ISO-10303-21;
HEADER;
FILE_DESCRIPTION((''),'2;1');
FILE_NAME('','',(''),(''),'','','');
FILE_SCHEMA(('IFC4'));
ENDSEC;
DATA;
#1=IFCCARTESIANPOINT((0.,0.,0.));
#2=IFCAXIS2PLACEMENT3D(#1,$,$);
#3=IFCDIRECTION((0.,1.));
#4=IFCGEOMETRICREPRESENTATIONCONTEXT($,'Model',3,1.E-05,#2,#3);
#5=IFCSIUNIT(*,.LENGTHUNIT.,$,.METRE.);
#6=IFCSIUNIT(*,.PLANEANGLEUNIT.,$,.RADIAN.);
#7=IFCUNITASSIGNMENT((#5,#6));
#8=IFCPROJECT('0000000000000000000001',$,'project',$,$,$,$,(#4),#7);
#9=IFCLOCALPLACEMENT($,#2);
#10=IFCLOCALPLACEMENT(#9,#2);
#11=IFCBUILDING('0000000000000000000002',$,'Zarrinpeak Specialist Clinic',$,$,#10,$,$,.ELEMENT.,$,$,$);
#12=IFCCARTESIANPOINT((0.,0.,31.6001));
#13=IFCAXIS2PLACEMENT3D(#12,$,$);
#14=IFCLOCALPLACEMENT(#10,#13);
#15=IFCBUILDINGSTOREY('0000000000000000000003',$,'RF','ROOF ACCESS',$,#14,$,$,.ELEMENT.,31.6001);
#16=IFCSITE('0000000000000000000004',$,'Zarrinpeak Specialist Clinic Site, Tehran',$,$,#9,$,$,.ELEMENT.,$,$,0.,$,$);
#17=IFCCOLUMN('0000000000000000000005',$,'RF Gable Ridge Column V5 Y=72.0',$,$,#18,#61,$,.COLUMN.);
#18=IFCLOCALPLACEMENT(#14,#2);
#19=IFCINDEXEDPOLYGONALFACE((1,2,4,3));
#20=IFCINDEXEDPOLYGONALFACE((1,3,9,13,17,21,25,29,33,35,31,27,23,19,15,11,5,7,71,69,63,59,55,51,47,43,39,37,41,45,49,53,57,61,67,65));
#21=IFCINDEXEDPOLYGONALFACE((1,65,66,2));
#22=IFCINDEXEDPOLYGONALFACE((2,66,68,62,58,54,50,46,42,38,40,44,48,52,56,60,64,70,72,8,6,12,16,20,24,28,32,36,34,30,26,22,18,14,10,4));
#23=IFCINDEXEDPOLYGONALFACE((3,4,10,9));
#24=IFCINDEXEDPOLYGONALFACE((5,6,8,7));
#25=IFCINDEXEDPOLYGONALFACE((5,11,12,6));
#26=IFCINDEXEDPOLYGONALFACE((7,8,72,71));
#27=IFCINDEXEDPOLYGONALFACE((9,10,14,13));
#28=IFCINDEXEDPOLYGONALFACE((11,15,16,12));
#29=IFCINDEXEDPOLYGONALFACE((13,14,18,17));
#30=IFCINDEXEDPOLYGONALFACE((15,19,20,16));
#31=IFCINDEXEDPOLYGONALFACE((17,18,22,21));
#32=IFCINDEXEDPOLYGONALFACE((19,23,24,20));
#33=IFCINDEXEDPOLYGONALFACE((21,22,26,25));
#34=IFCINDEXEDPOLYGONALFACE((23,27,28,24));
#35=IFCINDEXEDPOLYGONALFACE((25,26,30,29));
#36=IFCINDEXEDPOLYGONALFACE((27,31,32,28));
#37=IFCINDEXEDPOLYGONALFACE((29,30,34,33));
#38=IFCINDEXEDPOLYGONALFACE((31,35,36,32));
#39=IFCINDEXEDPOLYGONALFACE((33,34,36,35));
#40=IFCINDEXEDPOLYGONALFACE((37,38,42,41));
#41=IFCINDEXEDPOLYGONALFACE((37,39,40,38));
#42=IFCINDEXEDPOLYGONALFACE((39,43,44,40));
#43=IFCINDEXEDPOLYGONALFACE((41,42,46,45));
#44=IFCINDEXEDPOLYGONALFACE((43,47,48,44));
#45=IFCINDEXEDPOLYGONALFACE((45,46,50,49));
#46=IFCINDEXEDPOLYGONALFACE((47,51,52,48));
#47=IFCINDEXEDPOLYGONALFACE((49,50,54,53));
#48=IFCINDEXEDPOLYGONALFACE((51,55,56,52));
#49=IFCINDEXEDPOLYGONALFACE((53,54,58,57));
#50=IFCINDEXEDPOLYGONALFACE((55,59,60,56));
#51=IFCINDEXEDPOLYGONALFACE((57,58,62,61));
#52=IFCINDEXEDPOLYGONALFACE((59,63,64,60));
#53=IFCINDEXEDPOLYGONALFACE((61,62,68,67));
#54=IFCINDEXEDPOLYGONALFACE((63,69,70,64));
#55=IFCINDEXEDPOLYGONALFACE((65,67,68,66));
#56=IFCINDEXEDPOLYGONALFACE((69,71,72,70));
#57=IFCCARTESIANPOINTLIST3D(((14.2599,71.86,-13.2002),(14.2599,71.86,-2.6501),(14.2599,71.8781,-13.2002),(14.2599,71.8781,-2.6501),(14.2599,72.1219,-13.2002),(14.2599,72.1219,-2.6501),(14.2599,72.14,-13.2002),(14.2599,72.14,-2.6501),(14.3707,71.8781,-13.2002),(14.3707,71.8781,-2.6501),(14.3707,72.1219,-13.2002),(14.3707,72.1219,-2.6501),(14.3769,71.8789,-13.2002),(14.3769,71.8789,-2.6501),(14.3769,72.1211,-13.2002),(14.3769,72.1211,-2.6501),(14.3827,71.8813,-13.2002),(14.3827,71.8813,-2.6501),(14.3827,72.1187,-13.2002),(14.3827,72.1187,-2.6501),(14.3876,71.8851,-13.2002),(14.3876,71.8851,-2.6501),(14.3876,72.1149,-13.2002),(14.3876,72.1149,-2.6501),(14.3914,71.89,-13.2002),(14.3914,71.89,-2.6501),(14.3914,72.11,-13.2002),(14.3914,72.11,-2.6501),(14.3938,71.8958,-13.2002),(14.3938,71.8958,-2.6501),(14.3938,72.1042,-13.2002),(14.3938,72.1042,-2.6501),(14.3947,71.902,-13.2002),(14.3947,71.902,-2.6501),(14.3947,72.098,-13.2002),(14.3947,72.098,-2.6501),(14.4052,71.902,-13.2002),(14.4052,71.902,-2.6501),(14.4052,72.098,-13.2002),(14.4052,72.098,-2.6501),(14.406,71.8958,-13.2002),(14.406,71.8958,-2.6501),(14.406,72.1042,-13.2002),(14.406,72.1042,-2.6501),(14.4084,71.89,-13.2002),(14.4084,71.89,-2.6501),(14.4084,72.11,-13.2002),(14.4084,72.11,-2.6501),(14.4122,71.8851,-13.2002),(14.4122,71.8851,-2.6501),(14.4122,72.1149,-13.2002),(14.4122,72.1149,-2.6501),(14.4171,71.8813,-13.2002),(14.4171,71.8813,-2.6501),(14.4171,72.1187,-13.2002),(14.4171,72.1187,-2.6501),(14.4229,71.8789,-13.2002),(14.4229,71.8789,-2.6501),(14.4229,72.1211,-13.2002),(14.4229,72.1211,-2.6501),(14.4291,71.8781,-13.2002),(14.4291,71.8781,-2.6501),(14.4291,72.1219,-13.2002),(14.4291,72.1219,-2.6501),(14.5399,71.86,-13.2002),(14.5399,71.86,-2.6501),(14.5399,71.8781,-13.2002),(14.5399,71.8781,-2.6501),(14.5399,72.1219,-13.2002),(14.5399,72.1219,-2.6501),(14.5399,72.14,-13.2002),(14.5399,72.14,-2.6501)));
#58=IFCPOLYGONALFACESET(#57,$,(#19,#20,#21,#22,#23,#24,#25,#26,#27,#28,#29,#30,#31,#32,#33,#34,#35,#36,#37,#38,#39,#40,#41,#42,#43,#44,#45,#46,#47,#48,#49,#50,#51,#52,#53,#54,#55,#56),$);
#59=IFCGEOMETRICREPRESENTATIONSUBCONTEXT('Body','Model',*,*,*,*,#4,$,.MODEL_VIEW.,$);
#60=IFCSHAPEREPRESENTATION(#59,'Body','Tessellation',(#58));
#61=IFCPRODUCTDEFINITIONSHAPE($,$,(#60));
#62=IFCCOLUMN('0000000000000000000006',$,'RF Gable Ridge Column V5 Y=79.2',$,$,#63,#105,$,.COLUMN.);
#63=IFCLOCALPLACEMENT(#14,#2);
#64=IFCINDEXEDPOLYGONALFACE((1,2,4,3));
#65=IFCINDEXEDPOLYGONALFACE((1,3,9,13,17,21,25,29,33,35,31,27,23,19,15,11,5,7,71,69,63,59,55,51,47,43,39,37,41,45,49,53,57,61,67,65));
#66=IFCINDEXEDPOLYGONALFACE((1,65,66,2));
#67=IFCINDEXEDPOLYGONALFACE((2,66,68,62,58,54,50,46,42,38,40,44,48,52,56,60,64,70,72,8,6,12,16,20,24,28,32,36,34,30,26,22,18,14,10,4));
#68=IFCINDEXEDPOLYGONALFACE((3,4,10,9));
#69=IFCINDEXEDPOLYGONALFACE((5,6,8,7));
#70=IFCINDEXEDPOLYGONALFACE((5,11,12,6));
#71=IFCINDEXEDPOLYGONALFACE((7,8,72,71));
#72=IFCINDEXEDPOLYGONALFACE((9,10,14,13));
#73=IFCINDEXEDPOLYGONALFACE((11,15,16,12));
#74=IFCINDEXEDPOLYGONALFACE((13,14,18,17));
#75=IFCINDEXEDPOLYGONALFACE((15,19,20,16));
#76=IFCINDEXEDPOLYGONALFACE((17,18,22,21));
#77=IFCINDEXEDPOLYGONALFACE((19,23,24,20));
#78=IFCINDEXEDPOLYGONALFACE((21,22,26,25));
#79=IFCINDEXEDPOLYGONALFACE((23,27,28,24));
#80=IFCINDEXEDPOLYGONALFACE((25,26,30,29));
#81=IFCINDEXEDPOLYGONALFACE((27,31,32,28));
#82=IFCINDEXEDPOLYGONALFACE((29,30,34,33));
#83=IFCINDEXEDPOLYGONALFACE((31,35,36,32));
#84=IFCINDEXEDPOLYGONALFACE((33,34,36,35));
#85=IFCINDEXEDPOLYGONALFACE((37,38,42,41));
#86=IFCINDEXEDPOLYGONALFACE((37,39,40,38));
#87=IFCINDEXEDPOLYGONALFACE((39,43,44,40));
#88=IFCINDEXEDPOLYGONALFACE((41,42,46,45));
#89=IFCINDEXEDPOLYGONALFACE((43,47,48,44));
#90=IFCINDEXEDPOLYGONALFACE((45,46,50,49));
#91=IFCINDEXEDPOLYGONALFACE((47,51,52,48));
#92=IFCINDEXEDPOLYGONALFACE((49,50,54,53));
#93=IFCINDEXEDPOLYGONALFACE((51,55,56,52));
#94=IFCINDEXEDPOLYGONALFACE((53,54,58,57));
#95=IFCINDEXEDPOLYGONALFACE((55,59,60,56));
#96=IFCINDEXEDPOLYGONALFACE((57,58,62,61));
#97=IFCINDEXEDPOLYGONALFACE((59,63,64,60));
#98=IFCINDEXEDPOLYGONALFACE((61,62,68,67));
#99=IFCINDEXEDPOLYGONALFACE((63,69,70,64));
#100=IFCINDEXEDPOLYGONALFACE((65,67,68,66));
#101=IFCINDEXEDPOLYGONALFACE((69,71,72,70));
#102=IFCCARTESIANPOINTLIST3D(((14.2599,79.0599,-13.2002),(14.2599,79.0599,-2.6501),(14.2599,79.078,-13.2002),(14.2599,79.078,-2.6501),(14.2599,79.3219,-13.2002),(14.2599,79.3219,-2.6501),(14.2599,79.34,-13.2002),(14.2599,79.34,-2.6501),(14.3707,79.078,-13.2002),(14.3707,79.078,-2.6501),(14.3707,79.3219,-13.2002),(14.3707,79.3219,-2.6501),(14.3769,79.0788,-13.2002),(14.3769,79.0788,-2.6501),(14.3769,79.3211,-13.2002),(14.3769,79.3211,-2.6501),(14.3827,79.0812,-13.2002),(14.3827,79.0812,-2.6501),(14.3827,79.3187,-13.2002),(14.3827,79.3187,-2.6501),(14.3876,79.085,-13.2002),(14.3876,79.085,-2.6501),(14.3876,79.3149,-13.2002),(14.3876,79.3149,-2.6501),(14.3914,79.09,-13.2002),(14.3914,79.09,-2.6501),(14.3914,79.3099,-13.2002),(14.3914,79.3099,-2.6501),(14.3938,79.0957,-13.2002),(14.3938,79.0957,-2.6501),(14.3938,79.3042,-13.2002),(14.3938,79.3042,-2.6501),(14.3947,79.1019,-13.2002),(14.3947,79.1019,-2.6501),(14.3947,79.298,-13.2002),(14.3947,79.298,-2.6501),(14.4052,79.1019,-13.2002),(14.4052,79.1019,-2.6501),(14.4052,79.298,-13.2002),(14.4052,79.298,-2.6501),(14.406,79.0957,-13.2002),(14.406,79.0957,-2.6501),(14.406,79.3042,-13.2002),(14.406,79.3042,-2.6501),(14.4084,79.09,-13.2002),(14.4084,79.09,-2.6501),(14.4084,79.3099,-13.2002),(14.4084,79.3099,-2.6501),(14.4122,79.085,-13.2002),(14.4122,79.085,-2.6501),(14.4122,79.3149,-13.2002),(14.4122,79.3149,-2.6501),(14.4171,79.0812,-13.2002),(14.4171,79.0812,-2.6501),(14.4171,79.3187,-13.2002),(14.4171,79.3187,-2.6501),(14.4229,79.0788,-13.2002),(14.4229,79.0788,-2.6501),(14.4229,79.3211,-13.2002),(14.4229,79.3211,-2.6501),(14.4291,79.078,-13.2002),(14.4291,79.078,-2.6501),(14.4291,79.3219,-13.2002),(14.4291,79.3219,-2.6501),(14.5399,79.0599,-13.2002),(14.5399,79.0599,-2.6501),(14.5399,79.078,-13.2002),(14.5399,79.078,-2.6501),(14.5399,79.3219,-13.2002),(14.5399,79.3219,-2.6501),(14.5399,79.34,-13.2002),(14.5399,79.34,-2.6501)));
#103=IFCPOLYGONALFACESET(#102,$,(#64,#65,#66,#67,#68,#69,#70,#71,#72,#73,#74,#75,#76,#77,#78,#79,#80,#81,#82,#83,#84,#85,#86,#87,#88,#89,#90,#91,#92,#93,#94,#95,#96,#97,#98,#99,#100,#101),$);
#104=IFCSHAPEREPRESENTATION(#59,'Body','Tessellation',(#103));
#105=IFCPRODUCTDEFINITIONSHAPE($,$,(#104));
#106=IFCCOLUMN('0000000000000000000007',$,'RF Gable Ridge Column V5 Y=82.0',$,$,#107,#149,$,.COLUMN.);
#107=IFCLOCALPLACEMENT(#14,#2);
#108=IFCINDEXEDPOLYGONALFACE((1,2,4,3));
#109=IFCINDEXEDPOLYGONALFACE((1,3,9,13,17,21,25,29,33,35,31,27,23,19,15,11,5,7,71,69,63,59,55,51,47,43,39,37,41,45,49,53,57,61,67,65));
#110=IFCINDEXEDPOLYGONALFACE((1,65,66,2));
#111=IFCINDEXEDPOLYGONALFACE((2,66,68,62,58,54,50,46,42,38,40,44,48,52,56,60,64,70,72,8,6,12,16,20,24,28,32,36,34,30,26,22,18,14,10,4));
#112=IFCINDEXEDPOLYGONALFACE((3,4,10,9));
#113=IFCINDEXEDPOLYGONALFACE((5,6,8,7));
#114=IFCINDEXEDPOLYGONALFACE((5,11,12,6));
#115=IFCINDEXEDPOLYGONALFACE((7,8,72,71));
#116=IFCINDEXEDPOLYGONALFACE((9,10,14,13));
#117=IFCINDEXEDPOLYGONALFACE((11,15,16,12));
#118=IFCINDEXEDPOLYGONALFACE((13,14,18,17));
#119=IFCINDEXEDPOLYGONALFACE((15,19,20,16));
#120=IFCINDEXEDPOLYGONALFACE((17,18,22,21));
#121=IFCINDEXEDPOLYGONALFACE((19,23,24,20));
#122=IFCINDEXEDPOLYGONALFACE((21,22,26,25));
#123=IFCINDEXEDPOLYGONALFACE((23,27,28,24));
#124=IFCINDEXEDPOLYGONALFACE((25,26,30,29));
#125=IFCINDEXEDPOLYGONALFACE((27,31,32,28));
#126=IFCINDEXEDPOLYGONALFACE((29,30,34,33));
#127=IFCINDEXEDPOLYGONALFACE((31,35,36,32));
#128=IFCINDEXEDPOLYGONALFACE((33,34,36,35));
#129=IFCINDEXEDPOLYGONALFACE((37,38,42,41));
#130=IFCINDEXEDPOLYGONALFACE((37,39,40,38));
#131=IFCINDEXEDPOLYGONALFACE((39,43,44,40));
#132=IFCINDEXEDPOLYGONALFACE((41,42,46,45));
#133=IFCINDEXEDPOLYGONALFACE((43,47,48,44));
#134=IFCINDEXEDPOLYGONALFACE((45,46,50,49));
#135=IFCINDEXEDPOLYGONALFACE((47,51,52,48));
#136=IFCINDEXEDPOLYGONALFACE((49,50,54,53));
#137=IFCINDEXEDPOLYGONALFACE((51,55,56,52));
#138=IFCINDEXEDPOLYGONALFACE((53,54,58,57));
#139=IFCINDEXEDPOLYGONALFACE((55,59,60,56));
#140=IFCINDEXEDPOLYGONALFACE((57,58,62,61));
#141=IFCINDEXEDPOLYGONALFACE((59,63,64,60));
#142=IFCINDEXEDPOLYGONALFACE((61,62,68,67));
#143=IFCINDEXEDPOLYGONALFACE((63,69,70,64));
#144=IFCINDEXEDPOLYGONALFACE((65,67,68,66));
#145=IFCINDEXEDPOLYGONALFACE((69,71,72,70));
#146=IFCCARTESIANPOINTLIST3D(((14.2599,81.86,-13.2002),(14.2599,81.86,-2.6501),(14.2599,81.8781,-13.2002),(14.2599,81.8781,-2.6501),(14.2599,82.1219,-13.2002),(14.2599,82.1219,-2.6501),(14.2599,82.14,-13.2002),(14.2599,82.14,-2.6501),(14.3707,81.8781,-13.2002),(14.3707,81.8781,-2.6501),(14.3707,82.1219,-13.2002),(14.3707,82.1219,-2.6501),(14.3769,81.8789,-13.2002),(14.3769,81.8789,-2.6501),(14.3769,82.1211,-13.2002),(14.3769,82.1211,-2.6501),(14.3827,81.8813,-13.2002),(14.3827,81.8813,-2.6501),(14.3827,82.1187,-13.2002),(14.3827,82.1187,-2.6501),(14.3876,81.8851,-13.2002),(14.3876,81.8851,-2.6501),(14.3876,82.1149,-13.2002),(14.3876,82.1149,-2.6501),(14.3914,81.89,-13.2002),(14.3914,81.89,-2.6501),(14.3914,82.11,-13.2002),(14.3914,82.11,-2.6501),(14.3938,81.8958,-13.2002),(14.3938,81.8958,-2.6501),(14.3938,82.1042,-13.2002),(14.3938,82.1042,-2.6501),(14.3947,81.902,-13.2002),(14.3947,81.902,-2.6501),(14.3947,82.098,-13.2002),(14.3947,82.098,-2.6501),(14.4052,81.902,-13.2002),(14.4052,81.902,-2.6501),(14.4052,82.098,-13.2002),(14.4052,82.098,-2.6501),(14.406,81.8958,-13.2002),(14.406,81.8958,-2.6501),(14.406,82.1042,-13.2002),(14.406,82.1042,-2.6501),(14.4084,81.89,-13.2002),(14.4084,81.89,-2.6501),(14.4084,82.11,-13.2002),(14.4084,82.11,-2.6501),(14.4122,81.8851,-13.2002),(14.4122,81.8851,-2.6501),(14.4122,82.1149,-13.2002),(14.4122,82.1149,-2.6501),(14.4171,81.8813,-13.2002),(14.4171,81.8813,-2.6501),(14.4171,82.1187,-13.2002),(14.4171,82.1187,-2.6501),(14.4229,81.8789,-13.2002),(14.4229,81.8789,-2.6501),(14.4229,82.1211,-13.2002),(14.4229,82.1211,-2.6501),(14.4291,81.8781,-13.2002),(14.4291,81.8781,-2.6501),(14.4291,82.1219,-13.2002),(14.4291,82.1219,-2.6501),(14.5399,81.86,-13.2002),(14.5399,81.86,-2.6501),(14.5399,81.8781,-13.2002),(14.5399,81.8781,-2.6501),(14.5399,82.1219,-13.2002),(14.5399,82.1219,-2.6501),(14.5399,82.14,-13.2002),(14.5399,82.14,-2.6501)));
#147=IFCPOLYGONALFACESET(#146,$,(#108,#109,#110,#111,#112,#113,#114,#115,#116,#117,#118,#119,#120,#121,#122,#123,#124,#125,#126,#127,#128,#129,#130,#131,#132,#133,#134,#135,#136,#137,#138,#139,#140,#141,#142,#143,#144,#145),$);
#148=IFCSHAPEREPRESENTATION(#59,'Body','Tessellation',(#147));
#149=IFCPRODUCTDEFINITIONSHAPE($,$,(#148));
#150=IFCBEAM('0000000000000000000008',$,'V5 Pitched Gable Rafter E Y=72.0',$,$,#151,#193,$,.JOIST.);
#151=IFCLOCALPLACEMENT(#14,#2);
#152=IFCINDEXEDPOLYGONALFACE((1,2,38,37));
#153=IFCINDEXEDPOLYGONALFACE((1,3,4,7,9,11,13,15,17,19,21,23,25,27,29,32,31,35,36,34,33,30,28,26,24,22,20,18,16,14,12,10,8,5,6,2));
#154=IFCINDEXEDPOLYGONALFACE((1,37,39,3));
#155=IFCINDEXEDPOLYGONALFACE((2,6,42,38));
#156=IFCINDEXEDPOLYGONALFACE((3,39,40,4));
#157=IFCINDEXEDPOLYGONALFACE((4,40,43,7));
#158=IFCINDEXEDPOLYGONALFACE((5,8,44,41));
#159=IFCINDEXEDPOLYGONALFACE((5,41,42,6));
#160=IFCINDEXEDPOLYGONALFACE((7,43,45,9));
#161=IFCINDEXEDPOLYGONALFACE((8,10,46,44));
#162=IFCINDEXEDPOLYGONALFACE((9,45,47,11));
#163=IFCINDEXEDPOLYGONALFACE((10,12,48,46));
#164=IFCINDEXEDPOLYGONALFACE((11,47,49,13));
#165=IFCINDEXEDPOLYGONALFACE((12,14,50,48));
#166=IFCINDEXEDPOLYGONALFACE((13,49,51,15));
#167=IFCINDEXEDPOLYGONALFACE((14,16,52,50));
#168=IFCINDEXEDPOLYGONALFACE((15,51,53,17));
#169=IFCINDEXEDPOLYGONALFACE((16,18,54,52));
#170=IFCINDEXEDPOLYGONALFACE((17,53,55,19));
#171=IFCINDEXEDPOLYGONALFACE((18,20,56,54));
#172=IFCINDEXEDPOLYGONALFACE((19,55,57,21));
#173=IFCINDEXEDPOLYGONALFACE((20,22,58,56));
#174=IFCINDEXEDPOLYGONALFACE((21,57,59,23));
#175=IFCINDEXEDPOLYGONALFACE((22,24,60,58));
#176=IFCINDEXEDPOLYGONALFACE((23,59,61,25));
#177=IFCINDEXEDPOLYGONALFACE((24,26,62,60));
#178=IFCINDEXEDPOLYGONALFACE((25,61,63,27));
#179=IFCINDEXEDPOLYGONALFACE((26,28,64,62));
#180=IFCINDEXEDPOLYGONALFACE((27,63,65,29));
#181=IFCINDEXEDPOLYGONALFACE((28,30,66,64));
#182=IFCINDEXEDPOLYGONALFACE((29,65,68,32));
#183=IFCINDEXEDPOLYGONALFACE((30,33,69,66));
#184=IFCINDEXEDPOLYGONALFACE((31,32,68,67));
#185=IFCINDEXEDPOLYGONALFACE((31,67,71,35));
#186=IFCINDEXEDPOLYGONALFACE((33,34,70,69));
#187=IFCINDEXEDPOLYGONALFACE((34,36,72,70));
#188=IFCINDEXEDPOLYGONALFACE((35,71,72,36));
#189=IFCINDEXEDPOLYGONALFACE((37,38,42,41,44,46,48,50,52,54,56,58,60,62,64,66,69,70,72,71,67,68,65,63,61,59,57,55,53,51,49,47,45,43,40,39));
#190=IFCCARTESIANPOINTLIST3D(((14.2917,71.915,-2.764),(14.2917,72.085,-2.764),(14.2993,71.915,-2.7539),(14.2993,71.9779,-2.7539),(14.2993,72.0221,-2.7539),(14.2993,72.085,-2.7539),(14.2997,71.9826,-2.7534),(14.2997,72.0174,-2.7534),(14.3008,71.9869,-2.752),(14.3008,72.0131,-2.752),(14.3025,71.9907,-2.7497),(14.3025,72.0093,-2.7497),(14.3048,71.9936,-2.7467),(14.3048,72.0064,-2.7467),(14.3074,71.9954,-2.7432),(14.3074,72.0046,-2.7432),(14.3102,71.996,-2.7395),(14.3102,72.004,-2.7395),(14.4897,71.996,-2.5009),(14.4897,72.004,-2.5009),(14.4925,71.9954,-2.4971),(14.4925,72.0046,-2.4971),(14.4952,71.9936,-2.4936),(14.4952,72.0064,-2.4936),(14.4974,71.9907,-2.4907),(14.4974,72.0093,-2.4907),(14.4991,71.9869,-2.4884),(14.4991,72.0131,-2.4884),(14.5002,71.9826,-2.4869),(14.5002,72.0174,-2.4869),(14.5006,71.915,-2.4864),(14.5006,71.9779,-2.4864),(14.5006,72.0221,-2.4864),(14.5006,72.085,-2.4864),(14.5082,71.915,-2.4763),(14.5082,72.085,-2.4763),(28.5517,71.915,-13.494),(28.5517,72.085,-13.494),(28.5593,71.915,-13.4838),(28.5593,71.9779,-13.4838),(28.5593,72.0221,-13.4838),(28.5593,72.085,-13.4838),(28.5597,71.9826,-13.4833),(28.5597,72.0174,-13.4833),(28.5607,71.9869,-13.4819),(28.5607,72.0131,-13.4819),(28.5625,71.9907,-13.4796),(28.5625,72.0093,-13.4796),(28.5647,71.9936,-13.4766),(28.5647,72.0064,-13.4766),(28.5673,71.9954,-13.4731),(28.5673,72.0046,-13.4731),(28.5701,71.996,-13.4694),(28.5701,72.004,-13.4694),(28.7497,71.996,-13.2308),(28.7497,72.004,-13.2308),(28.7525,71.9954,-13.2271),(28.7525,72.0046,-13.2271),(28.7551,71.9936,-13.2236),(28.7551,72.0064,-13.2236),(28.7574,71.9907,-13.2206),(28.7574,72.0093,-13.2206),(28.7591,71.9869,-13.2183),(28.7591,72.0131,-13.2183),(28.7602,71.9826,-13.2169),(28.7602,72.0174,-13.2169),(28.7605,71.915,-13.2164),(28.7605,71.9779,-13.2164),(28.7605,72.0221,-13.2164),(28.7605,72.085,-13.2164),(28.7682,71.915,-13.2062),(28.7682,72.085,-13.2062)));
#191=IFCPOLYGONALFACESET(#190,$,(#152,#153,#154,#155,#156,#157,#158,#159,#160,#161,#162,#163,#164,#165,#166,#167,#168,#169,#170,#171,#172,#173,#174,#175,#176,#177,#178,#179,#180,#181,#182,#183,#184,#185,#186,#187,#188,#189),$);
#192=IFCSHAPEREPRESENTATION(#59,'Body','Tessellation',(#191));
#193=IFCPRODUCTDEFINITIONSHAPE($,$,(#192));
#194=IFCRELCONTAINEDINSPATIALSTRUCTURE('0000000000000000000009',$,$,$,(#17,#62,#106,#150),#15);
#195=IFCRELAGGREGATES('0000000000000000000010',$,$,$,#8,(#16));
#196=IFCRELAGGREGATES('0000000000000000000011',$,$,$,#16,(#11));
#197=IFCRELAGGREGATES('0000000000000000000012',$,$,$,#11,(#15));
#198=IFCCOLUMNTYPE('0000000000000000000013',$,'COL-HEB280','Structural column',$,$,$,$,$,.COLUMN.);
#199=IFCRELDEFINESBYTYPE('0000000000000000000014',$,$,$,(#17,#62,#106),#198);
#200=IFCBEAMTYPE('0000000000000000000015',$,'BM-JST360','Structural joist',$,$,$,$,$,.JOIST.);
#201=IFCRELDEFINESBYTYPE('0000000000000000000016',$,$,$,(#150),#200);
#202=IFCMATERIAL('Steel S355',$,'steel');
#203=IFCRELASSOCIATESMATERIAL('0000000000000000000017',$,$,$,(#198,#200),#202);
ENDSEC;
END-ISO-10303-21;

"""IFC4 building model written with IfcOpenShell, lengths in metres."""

from ifc_helpers import new_model, si_unit, direction, frame, origin, origin_2d, place, context, subcontext, project, spatial, i_section, extrude, material, material_profile, profile_set, type_object, element, save


model = new_model("IFC4")

# Units and contexts
model_context = context("Model", 3, precision=1e-05, world=origin(), true_north=direction((0.0, 1.0)))
body_context = subcontext(model_context, "Body", "Model", "MODEL_VIEW")
ifc_project = project(units=[si_unit("LENGTHUNIT", "METRE"), si_unit("PLANEANGLEUNIT", "RADIAN")], contexts=[model_context])

# Site, building, storey
site_placement = place(None, origin())
site = spatial("IfcSite", under=ifc_project, at=site_placement, Name="Zarrinpeak Specialist Clinic Site, Tehran", CompositionType="ELEMENT", RefElevation=0.0)
building_placement = place(site_placement, origin())
building = spatial("IfcBuilding", under=site, at=building_placement, Name="Zarrinpeak Specialist Clinic", CompositionType="ELEMENT")
storey_placement = place(building_placement, frame((0.0, 0.0, 31.6001)))
storey = spatial("IfcBuildingStorey", under=building, at=storey_placement, Name="RF", Description="ROOF ACCESS", CompositionType="ELEMENT", Elevation=31.6001)

# Columns
ifc_material_1 = material(Name="Steel S355", Category="steel")
ifc_material_profile_1 = material_profile(ifc_material_1, i_section(OverallWidth=0.28, OverallDepth=0.28, WebThickness=0.0105, FlangeThickness=0.0181, FilletRadius=0.0239, at=origin_2d()), Name="HEB 280")
ifc_profile_set_1 = profile_set([ifc_material_profile_1], Name="Steel S355")
column_type = type_object("IfcColumnType", Name="COL-HEB280", Description="Structural column", PredefinedType="COLUMN", material=ifc_profile_set_1)
for number, where, z_axis, x_axis, name in (
    (1, (14.3999, 72.0, -13.2002), (0.0, 0.0, 1.0), (1.0, 0.0, 0.0), "RF Gable Ridge Column V5 Y=72.0"),
    (2, (14.3999, 79.2, -13.2002), (0.0, 0.0, 1.0), (1.0, 0.0, 0.0), "RF Gable Ridge Column V5 Y=79.2"),
    (3, (14.3999, 82.0, -13.2002), (0.0, 0.0, 1.0), (1.0, 0.0, 0.0), "RF Gable Ridge Column V5 Y=82.0"),
):
    element("IfcColumn", number, at=place(storey_placement, frame(where, z_axis=z_axis, x_axis=x_axis)), inside=storey, type_object=column_type, Name=name, PredefinedType="COLUMN", context=body_context, shape_type="SweptSolid", body=[
        extrude(i_section(OverallWidth=0.28, OverallDepth=0.28, WebThickness=0.0105, FlangeThickness=0.0181, FilletRadius=0.0239, at=origin_2d()), origin(), (0.0, 0.0, 1.0), 10.55),
    ])

# Beam
ifc_material_profile_2 = material_profile(ifc_material_1, i_section(OverallWidth=0.1699, OverallDepth=0.3601, WebThickness=0.0081, FlangeThickness=0.0127, FilletRadius=0.0181, at=origin_2d()), Name="IPE 360")
ifc_profile_set_2 = profile_set([ifc_material_profile_2], Name="Steel S355")
beam_type_1 = type_object("IfcBeamType", Name="BM-JST360", Description="Structural joist", PredefinedType="JOIST", material=ifc_profile_set_2)
for number, where, z_axis, x_axis, name in (
    (4, (28.6599, 72.0, -13.3501), (-0.799058, 0.0, 0.601253), (0.0, -1.0, 0.0), "V5 Pitched Gable Rafter E Y=72.0"),
):
    element("IfcBeam", number, at=place(storey_placement, frame(where, z_axis=z_axis, x_axis=x_axis)), inside=storey, type_object=beam_type_1, Name=name, PredefinedType="JOIST", context=body_context, shape_type="SweptSolid", body=[
        extrude(i_section(OverallWidth=0.1699, OverallDepth=0.3601, WebThickness=0.0081, FlangeThickness=0.0127, FilletRadius=0.0181, at=origin_2d()), origin(), (0.0, 0.0, 1.0), 17.8459),
    ])

save(model, "model.ifc")
